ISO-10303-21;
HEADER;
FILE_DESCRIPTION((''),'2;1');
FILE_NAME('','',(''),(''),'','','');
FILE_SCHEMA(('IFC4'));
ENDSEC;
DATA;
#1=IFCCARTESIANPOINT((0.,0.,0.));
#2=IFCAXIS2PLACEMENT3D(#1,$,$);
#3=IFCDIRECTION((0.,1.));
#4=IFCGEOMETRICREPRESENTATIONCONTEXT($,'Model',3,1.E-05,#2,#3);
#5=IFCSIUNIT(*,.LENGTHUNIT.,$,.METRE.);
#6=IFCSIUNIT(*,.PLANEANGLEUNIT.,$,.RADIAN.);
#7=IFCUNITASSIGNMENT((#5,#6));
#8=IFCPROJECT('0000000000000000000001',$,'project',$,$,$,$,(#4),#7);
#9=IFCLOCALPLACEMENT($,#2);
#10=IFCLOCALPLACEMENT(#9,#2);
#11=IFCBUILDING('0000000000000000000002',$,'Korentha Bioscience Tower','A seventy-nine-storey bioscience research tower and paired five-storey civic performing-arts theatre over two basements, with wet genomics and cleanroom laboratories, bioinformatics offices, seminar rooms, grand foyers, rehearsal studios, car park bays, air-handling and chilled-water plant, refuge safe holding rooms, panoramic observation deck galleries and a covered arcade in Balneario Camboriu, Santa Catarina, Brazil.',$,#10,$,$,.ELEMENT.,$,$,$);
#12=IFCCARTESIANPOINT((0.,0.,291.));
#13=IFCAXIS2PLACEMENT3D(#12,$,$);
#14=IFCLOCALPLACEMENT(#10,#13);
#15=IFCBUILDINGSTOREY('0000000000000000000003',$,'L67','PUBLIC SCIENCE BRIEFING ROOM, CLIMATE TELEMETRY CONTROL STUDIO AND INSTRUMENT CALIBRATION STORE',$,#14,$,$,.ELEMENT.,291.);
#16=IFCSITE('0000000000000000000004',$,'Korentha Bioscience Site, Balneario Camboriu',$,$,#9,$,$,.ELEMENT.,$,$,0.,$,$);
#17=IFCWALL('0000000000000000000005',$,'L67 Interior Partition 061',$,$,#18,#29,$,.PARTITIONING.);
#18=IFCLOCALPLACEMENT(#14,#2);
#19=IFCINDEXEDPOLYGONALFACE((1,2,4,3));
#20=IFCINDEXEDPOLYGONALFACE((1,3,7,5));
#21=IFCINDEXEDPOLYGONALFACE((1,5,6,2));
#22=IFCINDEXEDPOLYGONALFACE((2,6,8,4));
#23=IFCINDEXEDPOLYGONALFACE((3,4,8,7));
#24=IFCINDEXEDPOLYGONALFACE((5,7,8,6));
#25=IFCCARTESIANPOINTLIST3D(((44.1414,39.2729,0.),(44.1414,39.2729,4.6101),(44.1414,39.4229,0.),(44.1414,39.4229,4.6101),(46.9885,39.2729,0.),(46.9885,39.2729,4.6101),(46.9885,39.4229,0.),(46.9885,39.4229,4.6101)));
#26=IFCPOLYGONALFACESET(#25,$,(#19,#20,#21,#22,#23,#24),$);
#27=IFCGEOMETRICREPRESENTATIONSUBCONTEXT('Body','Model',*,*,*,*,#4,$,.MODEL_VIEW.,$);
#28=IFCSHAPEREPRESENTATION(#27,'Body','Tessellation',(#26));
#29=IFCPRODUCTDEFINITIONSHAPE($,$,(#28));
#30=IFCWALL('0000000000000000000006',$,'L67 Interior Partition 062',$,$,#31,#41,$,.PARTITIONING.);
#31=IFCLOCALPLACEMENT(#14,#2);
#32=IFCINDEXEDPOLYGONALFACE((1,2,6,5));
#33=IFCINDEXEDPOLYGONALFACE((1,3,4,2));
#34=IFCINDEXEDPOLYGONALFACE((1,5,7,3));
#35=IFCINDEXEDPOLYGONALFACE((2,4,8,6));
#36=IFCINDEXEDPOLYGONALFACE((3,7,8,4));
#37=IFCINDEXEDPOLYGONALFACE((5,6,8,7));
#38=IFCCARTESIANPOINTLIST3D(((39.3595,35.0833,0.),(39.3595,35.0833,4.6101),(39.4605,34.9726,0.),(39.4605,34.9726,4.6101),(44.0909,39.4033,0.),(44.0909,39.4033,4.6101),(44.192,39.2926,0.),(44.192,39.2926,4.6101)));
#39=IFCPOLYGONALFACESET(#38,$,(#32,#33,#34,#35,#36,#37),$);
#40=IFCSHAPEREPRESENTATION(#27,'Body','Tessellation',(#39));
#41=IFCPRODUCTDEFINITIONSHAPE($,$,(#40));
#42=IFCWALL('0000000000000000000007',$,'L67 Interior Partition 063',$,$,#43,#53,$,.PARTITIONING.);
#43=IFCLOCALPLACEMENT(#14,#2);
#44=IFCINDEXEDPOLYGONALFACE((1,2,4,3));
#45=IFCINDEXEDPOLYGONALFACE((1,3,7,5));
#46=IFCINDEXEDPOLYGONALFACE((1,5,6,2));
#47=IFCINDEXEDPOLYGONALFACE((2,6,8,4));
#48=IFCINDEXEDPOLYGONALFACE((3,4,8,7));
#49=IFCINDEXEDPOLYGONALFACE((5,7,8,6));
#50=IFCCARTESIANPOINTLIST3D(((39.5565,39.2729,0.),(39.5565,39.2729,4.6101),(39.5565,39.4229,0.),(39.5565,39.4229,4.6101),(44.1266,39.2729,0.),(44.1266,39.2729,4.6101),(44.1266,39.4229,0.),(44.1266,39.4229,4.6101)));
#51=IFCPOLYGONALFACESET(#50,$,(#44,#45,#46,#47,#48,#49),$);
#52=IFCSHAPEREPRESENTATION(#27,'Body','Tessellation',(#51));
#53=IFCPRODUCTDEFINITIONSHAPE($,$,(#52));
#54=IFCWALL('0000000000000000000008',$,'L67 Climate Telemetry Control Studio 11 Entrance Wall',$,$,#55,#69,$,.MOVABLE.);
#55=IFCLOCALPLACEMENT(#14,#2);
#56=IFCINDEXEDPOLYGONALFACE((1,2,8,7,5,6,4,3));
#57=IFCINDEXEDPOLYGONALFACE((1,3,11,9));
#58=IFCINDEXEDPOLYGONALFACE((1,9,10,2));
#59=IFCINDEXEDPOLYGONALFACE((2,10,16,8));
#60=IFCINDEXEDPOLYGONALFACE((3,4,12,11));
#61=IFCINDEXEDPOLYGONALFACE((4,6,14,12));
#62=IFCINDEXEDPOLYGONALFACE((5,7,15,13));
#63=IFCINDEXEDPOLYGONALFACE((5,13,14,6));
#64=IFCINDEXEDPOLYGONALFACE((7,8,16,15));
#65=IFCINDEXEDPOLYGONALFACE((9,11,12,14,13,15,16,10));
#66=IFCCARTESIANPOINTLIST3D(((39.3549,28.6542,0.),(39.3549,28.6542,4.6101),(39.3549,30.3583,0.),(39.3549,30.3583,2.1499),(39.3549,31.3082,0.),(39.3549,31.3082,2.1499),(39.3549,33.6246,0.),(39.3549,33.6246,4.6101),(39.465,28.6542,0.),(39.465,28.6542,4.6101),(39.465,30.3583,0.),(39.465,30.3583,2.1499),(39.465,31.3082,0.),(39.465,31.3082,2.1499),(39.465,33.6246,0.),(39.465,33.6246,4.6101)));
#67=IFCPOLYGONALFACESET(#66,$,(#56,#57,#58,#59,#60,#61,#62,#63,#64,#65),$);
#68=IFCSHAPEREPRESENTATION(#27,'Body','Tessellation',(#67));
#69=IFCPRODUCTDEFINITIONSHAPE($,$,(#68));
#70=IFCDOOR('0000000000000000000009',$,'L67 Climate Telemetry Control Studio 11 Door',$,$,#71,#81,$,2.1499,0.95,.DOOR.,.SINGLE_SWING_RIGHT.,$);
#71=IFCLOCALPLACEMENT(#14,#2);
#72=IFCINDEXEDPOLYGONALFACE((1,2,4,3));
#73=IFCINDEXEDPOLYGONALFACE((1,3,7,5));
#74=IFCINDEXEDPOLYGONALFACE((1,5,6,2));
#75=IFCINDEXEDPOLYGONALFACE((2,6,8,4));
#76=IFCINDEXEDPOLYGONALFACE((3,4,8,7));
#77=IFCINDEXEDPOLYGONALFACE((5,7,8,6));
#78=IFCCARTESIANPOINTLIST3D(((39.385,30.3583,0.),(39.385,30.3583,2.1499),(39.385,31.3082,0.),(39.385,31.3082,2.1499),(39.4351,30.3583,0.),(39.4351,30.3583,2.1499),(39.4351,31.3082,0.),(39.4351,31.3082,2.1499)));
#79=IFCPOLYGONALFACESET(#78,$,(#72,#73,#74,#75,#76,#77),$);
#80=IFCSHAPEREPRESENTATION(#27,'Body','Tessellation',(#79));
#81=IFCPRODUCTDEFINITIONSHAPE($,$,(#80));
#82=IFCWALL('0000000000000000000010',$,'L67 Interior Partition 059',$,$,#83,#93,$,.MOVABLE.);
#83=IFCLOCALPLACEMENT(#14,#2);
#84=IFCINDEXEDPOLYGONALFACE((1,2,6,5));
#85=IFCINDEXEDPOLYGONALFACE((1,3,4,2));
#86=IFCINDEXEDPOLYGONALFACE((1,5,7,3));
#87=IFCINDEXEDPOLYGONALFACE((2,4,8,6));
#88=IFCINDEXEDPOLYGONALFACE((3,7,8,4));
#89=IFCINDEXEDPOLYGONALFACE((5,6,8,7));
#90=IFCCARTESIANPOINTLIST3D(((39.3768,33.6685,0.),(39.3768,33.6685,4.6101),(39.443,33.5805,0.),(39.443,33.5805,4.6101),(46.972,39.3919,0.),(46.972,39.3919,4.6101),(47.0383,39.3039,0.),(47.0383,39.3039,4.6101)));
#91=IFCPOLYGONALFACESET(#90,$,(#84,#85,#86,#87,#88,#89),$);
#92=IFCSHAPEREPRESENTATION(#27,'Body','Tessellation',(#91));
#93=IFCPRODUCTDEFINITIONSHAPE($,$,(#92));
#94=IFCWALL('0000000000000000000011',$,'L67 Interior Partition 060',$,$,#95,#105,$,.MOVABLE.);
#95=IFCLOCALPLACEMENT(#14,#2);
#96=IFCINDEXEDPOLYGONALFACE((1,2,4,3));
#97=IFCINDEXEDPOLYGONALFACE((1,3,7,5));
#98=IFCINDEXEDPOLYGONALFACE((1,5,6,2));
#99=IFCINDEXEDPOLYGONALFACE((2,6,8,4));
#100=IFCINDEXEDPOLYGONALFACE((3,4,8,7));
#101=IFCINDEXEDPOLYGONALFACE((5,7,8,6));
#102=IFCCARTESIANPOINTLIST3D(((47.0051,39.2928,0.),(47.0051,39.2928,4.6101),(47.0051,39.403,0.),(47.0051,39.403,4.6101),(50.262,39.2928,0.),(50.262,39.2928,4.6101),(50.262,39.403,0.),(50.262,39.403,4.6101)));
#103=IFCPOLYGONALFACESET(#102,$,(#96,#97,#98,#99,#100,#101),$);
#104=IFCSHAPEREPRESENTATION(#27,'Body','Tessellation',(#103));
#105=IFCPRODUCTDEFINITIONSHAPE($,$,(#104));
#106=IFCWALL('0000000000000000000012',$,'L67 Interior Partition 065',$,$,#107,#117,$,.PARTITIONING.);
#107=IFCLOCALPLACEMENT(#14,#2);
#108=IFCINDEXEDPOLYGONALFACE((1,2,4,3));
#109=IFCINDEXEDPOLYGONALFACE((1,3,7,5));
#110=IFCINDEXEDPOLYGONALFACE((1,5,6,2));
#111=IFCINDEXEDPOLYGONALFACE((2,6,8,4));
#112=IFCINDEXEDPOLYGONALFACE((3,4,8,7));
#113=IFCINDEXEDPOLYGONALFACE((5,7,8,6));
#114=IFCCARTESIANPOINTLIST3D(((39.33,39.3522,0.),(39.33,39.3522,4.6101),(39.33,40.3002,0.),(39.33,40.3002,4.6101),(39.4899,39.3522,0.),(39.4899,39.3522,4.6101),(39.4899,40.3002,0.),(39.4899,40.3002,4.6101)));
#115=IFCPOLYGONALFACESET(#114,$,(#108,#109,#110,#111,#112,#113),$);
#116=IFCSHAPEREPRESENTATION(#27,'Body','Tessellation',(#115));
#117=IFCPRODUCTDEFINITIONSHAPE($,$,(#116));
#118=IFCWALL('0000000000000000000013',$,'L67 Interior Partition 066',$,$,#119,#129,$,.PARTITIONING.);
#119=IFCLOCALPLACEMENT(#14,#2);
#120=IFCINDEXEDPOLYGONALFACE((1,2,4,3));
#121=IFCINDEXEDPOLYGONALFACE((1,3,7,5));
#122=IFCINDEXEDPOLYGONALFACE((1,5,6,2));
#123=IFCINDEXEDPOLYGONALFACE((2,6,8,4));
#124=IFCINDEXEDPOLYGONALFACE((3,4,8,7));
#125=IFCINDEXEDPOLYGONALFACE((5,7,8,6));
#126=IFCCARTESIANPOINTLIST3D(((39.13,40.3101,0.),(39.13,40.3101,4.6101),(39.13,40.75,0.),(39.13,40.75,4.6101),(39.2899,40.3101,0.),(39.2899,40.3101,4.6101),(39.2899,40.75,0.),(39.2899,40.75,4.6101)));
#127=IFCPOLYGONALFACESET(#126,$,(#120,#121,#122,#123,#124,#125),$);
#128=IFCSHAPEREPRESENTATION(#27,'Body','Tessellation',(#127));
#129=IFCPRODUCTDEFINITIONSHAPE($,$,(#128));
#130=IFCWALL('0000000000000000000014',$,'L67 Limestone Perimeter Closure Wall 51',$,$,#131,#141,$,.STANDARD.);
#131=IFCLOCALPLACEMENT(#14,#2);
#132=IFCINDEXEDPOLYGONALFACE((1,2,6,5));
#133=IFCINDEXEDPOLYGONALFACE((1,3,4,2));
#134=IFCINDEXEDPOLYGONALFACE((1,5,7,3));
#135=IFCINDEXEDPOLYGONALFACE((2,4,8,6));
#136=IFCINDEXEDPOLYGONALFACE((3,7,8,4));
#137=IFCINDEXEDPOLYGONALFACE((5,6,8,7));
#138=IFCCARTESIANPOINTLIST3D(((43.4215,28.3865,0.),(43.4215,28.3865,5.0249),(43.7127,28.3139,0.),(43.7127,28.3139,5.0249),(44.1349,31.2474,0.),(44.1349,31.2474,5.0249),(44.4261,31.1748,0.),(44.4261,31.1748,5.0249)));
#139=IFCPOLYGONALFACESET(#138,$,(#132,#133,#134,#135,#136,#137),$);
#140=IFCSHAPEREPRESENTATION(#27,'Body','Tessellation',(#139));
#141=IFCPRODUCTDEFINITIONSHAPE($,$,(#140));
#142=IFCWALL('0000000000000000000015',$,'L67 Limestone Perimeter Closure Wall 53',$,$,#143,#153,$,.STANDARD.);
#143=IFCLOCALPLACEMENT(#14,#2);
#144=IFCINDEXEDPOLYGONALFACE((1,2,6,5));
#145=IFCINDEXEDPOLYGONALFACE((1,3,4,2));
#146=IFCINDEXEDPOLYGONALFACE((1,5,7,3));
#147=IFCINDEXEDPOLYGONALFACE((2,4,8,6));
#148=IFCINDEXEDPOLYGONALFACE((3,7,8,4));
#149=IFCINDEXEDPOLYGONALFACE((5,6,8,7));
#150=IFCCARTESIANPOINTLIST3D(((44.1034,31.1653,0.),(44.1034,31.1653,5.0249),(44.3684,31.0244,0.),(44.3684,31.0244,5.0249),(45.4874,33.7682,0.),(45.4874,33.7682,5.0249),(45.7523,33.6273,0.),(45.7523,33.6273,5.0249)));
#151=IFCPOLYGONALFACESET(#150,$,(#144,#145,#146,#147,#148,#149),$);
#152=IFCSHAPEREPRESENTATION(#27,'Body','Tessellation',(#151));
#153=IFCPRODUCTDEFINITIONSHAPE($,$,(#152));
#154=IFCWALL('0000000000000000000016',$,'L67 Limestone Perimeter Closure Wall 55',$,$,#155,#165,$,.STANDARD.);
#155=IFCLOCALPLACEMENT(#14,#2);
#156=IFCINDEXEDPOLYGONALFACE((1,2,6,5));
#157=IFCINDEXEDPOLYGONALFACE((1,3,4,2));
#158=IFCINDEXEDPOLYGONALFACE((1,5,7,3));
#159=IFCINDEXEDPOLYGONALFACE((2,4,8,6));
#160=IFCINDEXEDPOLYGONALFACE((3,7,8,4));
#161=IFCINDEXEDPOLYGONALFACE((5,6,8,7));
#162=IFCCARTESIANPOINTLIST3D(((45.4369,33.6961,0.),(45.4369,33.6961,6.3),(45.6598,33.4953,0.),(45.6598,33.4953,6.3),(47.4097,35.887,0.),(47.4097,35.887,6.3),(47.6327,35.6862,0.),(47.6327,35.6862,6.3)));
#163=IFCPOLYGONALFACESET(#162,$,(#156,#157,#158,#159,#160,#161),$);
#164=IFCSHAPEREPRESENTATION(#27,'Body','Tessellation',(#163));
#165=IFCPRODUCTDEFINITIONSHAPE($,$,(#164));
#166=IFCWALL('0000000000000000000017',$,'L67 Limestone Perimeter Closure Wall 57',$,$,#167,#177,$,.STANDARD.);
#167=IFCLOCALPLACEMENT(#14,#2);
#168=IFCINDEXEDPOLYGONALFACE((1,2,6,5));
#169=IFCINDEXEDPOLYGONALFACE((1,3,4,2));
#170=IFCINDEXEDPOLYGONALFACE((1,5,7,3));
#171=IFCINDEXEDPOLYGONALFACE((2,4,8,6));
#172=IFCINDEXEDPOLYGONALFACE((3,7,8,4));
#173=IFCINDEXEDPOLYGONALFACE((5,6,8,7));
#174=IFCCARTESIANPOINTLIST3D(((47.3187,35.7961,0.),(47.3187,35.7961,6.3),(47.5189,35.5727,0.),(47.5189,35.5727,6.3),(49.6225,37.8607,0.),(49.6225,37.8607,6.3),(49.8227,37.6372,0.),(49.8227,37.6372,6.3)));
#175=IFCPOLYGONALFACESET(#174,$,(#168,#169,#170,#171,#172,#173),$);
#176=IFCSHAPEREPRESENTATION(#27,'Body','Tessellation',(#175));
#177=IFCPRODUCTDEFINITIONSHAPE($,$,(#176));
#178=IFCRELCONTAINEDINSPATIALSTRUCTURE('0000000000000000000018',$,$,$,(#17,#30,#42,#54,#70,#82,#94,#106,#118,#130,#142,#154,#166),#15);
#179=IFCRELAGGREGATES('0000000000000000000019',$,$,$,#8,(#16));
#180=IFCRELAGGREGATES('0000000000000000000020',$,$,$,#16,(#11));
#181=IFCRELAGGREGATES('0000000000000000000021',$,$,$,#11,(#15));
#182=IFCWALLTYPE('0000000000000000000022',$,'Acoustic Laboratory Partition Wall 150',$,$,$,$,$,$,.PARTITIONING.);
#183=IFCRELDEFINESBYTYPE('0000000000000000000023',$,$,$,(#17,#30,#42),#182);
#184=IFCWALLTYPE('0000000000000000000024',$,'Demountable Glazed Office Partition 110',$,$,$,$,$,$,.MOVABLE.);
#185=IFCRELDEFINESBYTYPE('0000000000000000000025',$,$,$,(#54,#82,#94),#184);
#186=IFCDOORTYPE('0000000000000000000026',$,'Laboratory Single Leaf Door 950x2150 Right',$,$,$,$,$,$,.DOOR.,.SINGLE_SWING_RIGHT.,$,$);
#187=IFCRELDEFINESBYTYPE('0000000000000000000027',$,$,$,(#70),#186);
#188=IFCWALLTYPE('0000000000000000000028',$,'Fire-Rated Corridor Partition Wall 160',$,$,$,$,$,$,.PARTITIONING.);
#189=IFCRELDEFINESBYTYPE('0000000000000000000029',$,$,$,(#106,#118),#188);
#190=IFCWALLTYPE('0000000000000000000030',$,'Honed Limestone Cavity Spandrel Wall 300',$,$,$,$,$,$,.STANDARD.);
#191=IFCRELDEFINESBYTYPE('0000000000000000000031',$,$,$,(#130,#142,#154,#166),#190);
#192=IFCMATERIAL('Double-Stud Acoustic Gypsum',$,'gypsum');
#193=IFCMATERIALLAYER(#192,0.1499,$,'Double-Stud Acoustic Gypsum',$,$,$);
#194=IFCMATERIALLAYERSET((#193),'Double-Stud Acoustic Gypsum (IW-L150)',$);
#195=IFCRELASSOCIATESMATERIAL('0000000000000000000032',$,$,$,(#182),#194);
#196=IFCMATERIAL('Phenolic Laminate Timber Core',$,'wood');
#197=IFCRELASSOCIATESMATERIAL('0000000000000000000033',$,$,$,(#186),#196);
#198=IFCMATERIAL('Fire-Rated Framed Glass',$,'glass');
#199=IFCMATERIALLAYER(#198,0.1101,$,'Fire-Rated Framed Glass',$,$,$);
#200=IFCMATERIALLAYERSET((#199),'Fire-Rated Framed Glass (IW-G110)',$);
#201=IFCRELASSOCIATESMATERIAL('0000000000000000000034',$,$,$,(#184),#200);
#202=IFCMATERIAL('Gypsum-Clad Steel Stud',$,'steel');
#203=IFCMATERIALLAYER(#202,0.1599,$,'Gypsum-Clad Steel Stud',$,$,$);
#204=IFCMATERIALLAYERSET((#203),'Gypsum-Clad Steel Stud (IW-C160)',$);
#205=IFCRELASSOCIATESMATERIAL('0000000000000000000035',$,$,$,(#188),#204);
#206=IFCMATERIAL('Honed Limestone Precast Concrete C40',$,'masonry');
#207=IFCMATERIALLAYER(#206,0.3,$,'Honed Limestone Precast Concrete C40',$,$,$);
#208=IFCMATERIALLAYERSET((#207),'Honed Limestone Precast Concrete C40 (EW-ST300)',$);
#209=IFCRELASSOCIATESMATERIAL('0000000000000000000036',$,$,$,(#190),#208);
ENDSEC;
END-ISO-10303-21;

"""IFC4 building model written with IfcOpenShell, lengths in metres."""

from ifc_helpers import new_model, si_unit, direction, frame, frame_2d, origin, place, context, subcontext, project, spatial, rectangle, extrude, material, layer, layer_set, type_object, element, fill, save


model = new_model("IFC4")

# Units and contexts
model_context = context("Model", 3, precision=1e-05, world=origin(), true_north=direction((0.0, 1.0)))
body_context = subcontext(model_context, "Body", "Model", "MODEL_VIEW")
ifc_project = project(units=[si_unit("LENGTHUNIT", "METRE"), si_unit("PLANEANGLEUNIT", "RADIAN")], contexts=[model_context])

# Site, building, storey
site_placement = place(None, origin())
site = spatial("IfcSite", under=ifc_project, at=site_placement, Name="Korentha Bioscience Site, Balneario Camboriu", CompositionType="ELEMENT", RefElevation=0.0)
building_placement = place(site_placement, origin())
building = spatial("IfcBuilding", under=site, at=building_placement, Name="Korentha Bioscience Tower", Description="A seventy-nine-storey bioscience research tower and paired five-storey civic performing-arts theatre over two basements, with wet genomics and cleanroom laboratories, bioinformatics offices, seminar rooms, grand foyers, rehearsal studios, car park bays, air-handling and chilled-water plant, refuge safe holding rooms, panoramic observation deck galleries and a covered arcade in Balneario Camboriu, Santa Catarina, Brazil.", CompositionType="ELEMENT")
storey_placement = place(building_placement, frame((0.0, 0.0, 291.0)))
storey = spatial("IfcBuildingStorey", under=building, at=storey_placement, Name="L67", Description="PUBLIC SCIENCE BRIEFING ROOM, CLIMATE TELEMETRY CONTROL STUDIO AND INSTRUMENT CALIBRATION STORE", CompositionType="ELEMENT", Elevation=291.0)

# Shared definitions
ifc_material_1 = material(Name="Double-Stud Acoustic Gypsum", Category="gypsum")
ifc_layer_1 = layer(ifc_material_1, 0.1499, Name="Double-Stud Acoustic Gypsum")
ifc_layer_set_1 = layer_set([ifc_layer_1], Name="Double-Stud Acoustic Gypsum (IW-L150)")
wall_type_1 = type_object("IfcWallType", Name="Acoustic Laboratory Partition Wall 150", PredefinedType="PARTITIONING", material=ifc_layer_set_1)
ifc_material_2 = material(Name="Phenolic Laminate Timber Core", Category="wood")
door_type_1 = type_object("IfcDoorType", Name="Laboratory Single Leaf Door 950x2150 Right", OperationType="SINGLE_SWING_RIGHT", PredefinedType="DOOR", material=ifc_material_2)

# Walls
wall_1_placement = place(storey_placement, frame((44.1414, 39.3479, 0.0), z_axis=(0.0, 0.0, 1.0), x_axis=(1.0, 0.0, 0.0)))
element("IfcWall", 1, at=wall_1_placement, inside=storey, type_object=wall_type_1, Name="L67 Interior Partition 061", PredefinedType="PARTITIONING", context=body_context, shape_type="SweptSolid", body=[
    extrude(rectangle(XDim=2.8472, YDim=0.1499, at=frame_2d((1.4236, 0.0))), origin(), (0.0, 0.0, 1.0), 4.6101),
])
wall_2_placement = place(storey_placement, frame((39.4099, 35.0278, 0.0), z_axis=(0.0, 0.0, 1.0), x_axis=(0.738481, 0.674274, 0.0)))
element("IfcWall", 2, at=wall_2_placement, inside=storey, type_object=wall_type_1, Name="L67 Interior Partition 062", PredefinedType="PARTITIONING", context=body_context, shape_type="SweptSolid", body=[
    extrude(rectangle(XDim=6.407, YDim=0.1499, at=frame_2d((3.2036, 0.0))), origin(), (0.0, 0.0, 1.0), 4.6101),
])
wall_3_placement = place(storey_placement, frame((39.5564, 39.3479, 0.0), z_axis=(0.0, 0.0, 1.0), x_axis=(1.0, 0.0, 0.0)))
element("IfcWall", 3, at=wall_3_placement, inside=storey, type_object=wall_type_1, Name="L67 Interior Partition 063", PredefinedType="PARTITIONING", context=body_context, shape_type="SweptSolid", body=[
    extrude(rectangle(XDim=4.5701, YDim=0.1499, at=frame_2d((2.2852, 0.0))), origin(), (0.0, 0.0, 1.0), 4.6101),
])

# Wall, opening, door
ifc_material_3 = material(Name="Fire-Rated Framed Glass", Category="glass")
ifc_layer_2 = layer(ifc_material_3, 0.1101, Name="Fire-Rated Framed Glass")
ifc_layer_set_2 = layer_set([ifc_layer_2], Name="Fire-Rated Framed Glass (IW-G110)")
wall_type_2 = type_object("IfcWallType", Name="Demountable Glazed Office Partition 110", PredefinedType="MOVABLE", material=ifc_layer_set_2)
wall_4_placement = place(storey_placement, frame((39.4099, 28.6541, 0.0), z_axis=(0.0, 0.0, 1.0), x_axis=(0.0, 1.0, 0.0)))
wall_4 = element("IfcWall", 4, at=wall_4_placement, inside=storey, type_object=wall_type_2, Name="L67 Climate Telemetry Control Studio 11 Entrance Wall", PredefinedType="MOVABLE", context=body_context, shape_type="SweptSolid", body=[
    extrude(rectangle(XDim=4.9705, YDim=0.1101, at=frame_2d((2.4854, 0.0))), origin(), (0.0, 0.0, 1.0), 4.6101),
])
opening_1_placement = place(wall_4_placement, frame((1.7041, 0.0, 0.0)))
opening_1 = element("IfcOpeningElement", 5, at=opening_1_placement, cuts=wall_4, PredefinedType="OPENING", context=body_context, shape_type="SweptSolid", body=[
    extrude(rectangle(XDim=0.95, YDim=2.1499, at=frame_2d((0.4751, 1.075))), frame((0.0, 0.0698, 0.0), z_axis=(0.0, -1.0, 0.0), x_axis=(1.0, 0.0, 0.0)), (0.0, 0.0, 1.0), 0.1399),
])
door_1_placement = place(opening_1_placement, origin())
door_1 = element("IfcDoor", 6, at=door_1_placement, inside=storey, type_object=door_type_1, Name="L67 Climate Telemetry Control Studio 11 Door", OperationType="SINGLE_SWING_RIGHT", OverallHeight=2.1499, OverallWidth=0.95, PredefinedType="DOOR", context=body_context, shape_type="SweptSolid", body=[
    extrude(rectangle(XDim=0.95, YDim=2.1499, at=frame_2d((0.4751, 1.075))), frame((0.0, 0.0249, 0.0), z_axis=(0.0, -1.0, 0.0), x_axis=(1.0, 0.0, 0.0)), (0.0, 0.0, 1.0), 0.05),
])
fill(opening_1, door_1)

# Walls
wall_5_placement = place(storey_placement, frame((39.4099, 33.6245, 0.0), z_axis=(0.0, 0.0, 1.0), x_axis=(0.798636, 0.601814, 0.0)))
element("IfcWall", 7, at=wall_5_placement, inside=storey, type_object=wall_type_2, Name="L67 Interior Partition 059", PredefinedType="MOVABLE", context=body_context, shape_type="SweptSolid", body=[
    extrude(rectangle(XDim=9.5103, YDim=0.1101, at=frame_2d((4.7551, 0.0))), origin(), (0.0, 0.0, 1.0), 4.6101),
])
wall_6_placement = place(storey_placement, frame((47.0051, 39.3479, 0.0), z_axis=(0.0, 0.0, 1.0), x_axis=(1.0, 0.0, 0.0)))
element("IfcWall", 8, at=wall_6_placement, inside=storey, type_object=wall_type_2, Name="L67 Interior Partition 060", PredefinedType="MOVABLE", context=body_context, shape_type="SweptSolid", body=[
    extrude(rectangle(XDim=3.2568, YDim=0.1101, at=frame_2d((1.6284, 0.0))), origin(), (0.0, 0.0, 1.0), 4.6101),
])
ifc_material_4 = material(Name="Gypsum-Clad Steel Stud", Category="steel")
ifc_layer_3 = layer(ifc_material_4, 0.1599, Name="Gypsum-Clad Steel Stud")
ifc_layer_set_3 = layer_set([ifc_layer_3], Name="Gypsum-Clad Steel Stud (IW-C160)")
wall_type_3 = type_object("IfcWallType", Name="Fire-Rated Corridor Partition Wall 160", PredefinedType="PARTITIONING", material=ifc_layer_set_3)
wall_7_placement = place(storey_placement, frame((39.4099, 39.3521, 0.0), z_axis=(0.0, 0.0, 1.0), x_axis=(0.0, 1.0, 0.0)))
element("IfcWall", 9, at=wall_7_placement, inside=storey, type_object=wall_type_3, Name="L67 Interior Partition 065", PredefinedType="PARTITIONING", context=body_context, shape_type="SweptSolid", body=[
    extrude(rectangle(XDim=0.948, YDim=0.1599, at=frame_2d((0.4741, 0.0))), origin(), (0.0, 0.0, 1.0), 4.6101),
])
wall_8_placement = place(storey_placement, frame((39.21, 40.3101, 0.0), z_axis=(0.0, 0.0, 1.0), x_axis=(0.0, 1.0, 0.0)))
element("IfcWall", 10, at=wall_8_placement, inside=storey, type_object=wall_type_3, Name="L67 Interior Partition 066", PredefinedType="PARTITIONING", context=body_context, shape_type="SweptSolid", body=[
    extrude(rectangle(XDim=0.4399, YDim=0.1599, at=frame_2d((0.22, 0.0))), origin(), (0.0, 0.0, 1.0), 4.6101),
])
ifc_material_5 = material(Name="Honed Limestone Precast Concrete C40", Category="masonry")
ifc_layer_4 = layer(ifc_material_5, 0.3, Name="Honed Limestone Precast Concrete C40")
ifc_layer_set_4 = layer_set([ifc_layer_4], Name="Honed Limestone Precast Concrete C40 (EW-ST300)")
wall_type_4 = type_object("IfcWallType", Name="Honed Limestone Cavity Spandrel Wall 300", PredefinedType="STANDARD", material=ifc_layer_set_4)
wall_9_placement = place(storey_placement, frame((43.5671, 28.3503, 0.0), z_axis=(0.0, 0.0, 1.0), x_axis=(0.241951, 0.970288, 0.0)))
element("IfcWall", 11, at=wall_9_placement, inside=storey, type_object=wall_type_4, Name="L67 Limestone Perimeter Closure Wall 51", PredefinedType="STANDARD", context=body_context, shape_type="SweptSolid", body=[
    extrude(rectangle(XDim=2.9485, YDim=0.3, at=frame_2d((1.4741, 0.0))), origin(), (0.0, 0.0, 1.0), 5.0249),
])
wall_10_placement = place(storey_placement, frame((44.2358, 31.0947, 0.0), z_axis=(0.0, 0.0, 1.0), x_axis=(0.469466, 0.882951, 0.0)))
element("IfcWall", 12, at=wall_10_placement, inside=storey, type_object=wall_type_4, Name="L67 Limestone Perimeter Closure Wall 53", PredefinedType="STANDARD", context=body_context, shape_type="SweptSolid", body=[
    extrude(rectangle(XDim=2.948, YDim=0.3, at=frame_2d((1.4741, 0.0))), origin(), (0.0, 0.0, 1.0), 5.0249),
])
wall_11_placement = place(storey_placement, frame((45.5483, 33.5957, 0.0), z_axis=(0.0, 0.0, 1.0), x_axis=(0.669166, 0.743113, 0.0)))
element("IfcWall", 13, at=wall_11_placement, inside=storey, type_object=wall_type_4, Name="L67 Limestone Perimeter Closure Wall 55", PredefinedType="STANDARD", context=body_context, shape_type="SweptSolid", body=[
    extrude(rectangle(XDim=2.9482, YDim=0.3, at=frame_2d((1.4741, 0.0))), origin(), (0.0, 0.0, 1.0), 6.3),
])
wall_12_placement = place(storey_placement, frame((47.4187, 35.6843, 0.0), z_axis=(0.0, 0.0, 1.0), x_axis=(0.744721, 0.667376, 0.0)))
element("IfcWall", 14, at=wall_12_placement, inside=storey, type_object=wall_type_4, Name="L67 Limestone Perimeter Closure Wall 57", PredefinedType="STANDARD", context=body_context, shape_type="SweptSolid", body=[
    extrude(rectangle(XDim=3.0935, YDim=0.3, at=frame_2d((1.5469, 0.0))), origin(), (0.0, 0.0, 1.0), 6.3),
])

save(model, "model.ifc")
